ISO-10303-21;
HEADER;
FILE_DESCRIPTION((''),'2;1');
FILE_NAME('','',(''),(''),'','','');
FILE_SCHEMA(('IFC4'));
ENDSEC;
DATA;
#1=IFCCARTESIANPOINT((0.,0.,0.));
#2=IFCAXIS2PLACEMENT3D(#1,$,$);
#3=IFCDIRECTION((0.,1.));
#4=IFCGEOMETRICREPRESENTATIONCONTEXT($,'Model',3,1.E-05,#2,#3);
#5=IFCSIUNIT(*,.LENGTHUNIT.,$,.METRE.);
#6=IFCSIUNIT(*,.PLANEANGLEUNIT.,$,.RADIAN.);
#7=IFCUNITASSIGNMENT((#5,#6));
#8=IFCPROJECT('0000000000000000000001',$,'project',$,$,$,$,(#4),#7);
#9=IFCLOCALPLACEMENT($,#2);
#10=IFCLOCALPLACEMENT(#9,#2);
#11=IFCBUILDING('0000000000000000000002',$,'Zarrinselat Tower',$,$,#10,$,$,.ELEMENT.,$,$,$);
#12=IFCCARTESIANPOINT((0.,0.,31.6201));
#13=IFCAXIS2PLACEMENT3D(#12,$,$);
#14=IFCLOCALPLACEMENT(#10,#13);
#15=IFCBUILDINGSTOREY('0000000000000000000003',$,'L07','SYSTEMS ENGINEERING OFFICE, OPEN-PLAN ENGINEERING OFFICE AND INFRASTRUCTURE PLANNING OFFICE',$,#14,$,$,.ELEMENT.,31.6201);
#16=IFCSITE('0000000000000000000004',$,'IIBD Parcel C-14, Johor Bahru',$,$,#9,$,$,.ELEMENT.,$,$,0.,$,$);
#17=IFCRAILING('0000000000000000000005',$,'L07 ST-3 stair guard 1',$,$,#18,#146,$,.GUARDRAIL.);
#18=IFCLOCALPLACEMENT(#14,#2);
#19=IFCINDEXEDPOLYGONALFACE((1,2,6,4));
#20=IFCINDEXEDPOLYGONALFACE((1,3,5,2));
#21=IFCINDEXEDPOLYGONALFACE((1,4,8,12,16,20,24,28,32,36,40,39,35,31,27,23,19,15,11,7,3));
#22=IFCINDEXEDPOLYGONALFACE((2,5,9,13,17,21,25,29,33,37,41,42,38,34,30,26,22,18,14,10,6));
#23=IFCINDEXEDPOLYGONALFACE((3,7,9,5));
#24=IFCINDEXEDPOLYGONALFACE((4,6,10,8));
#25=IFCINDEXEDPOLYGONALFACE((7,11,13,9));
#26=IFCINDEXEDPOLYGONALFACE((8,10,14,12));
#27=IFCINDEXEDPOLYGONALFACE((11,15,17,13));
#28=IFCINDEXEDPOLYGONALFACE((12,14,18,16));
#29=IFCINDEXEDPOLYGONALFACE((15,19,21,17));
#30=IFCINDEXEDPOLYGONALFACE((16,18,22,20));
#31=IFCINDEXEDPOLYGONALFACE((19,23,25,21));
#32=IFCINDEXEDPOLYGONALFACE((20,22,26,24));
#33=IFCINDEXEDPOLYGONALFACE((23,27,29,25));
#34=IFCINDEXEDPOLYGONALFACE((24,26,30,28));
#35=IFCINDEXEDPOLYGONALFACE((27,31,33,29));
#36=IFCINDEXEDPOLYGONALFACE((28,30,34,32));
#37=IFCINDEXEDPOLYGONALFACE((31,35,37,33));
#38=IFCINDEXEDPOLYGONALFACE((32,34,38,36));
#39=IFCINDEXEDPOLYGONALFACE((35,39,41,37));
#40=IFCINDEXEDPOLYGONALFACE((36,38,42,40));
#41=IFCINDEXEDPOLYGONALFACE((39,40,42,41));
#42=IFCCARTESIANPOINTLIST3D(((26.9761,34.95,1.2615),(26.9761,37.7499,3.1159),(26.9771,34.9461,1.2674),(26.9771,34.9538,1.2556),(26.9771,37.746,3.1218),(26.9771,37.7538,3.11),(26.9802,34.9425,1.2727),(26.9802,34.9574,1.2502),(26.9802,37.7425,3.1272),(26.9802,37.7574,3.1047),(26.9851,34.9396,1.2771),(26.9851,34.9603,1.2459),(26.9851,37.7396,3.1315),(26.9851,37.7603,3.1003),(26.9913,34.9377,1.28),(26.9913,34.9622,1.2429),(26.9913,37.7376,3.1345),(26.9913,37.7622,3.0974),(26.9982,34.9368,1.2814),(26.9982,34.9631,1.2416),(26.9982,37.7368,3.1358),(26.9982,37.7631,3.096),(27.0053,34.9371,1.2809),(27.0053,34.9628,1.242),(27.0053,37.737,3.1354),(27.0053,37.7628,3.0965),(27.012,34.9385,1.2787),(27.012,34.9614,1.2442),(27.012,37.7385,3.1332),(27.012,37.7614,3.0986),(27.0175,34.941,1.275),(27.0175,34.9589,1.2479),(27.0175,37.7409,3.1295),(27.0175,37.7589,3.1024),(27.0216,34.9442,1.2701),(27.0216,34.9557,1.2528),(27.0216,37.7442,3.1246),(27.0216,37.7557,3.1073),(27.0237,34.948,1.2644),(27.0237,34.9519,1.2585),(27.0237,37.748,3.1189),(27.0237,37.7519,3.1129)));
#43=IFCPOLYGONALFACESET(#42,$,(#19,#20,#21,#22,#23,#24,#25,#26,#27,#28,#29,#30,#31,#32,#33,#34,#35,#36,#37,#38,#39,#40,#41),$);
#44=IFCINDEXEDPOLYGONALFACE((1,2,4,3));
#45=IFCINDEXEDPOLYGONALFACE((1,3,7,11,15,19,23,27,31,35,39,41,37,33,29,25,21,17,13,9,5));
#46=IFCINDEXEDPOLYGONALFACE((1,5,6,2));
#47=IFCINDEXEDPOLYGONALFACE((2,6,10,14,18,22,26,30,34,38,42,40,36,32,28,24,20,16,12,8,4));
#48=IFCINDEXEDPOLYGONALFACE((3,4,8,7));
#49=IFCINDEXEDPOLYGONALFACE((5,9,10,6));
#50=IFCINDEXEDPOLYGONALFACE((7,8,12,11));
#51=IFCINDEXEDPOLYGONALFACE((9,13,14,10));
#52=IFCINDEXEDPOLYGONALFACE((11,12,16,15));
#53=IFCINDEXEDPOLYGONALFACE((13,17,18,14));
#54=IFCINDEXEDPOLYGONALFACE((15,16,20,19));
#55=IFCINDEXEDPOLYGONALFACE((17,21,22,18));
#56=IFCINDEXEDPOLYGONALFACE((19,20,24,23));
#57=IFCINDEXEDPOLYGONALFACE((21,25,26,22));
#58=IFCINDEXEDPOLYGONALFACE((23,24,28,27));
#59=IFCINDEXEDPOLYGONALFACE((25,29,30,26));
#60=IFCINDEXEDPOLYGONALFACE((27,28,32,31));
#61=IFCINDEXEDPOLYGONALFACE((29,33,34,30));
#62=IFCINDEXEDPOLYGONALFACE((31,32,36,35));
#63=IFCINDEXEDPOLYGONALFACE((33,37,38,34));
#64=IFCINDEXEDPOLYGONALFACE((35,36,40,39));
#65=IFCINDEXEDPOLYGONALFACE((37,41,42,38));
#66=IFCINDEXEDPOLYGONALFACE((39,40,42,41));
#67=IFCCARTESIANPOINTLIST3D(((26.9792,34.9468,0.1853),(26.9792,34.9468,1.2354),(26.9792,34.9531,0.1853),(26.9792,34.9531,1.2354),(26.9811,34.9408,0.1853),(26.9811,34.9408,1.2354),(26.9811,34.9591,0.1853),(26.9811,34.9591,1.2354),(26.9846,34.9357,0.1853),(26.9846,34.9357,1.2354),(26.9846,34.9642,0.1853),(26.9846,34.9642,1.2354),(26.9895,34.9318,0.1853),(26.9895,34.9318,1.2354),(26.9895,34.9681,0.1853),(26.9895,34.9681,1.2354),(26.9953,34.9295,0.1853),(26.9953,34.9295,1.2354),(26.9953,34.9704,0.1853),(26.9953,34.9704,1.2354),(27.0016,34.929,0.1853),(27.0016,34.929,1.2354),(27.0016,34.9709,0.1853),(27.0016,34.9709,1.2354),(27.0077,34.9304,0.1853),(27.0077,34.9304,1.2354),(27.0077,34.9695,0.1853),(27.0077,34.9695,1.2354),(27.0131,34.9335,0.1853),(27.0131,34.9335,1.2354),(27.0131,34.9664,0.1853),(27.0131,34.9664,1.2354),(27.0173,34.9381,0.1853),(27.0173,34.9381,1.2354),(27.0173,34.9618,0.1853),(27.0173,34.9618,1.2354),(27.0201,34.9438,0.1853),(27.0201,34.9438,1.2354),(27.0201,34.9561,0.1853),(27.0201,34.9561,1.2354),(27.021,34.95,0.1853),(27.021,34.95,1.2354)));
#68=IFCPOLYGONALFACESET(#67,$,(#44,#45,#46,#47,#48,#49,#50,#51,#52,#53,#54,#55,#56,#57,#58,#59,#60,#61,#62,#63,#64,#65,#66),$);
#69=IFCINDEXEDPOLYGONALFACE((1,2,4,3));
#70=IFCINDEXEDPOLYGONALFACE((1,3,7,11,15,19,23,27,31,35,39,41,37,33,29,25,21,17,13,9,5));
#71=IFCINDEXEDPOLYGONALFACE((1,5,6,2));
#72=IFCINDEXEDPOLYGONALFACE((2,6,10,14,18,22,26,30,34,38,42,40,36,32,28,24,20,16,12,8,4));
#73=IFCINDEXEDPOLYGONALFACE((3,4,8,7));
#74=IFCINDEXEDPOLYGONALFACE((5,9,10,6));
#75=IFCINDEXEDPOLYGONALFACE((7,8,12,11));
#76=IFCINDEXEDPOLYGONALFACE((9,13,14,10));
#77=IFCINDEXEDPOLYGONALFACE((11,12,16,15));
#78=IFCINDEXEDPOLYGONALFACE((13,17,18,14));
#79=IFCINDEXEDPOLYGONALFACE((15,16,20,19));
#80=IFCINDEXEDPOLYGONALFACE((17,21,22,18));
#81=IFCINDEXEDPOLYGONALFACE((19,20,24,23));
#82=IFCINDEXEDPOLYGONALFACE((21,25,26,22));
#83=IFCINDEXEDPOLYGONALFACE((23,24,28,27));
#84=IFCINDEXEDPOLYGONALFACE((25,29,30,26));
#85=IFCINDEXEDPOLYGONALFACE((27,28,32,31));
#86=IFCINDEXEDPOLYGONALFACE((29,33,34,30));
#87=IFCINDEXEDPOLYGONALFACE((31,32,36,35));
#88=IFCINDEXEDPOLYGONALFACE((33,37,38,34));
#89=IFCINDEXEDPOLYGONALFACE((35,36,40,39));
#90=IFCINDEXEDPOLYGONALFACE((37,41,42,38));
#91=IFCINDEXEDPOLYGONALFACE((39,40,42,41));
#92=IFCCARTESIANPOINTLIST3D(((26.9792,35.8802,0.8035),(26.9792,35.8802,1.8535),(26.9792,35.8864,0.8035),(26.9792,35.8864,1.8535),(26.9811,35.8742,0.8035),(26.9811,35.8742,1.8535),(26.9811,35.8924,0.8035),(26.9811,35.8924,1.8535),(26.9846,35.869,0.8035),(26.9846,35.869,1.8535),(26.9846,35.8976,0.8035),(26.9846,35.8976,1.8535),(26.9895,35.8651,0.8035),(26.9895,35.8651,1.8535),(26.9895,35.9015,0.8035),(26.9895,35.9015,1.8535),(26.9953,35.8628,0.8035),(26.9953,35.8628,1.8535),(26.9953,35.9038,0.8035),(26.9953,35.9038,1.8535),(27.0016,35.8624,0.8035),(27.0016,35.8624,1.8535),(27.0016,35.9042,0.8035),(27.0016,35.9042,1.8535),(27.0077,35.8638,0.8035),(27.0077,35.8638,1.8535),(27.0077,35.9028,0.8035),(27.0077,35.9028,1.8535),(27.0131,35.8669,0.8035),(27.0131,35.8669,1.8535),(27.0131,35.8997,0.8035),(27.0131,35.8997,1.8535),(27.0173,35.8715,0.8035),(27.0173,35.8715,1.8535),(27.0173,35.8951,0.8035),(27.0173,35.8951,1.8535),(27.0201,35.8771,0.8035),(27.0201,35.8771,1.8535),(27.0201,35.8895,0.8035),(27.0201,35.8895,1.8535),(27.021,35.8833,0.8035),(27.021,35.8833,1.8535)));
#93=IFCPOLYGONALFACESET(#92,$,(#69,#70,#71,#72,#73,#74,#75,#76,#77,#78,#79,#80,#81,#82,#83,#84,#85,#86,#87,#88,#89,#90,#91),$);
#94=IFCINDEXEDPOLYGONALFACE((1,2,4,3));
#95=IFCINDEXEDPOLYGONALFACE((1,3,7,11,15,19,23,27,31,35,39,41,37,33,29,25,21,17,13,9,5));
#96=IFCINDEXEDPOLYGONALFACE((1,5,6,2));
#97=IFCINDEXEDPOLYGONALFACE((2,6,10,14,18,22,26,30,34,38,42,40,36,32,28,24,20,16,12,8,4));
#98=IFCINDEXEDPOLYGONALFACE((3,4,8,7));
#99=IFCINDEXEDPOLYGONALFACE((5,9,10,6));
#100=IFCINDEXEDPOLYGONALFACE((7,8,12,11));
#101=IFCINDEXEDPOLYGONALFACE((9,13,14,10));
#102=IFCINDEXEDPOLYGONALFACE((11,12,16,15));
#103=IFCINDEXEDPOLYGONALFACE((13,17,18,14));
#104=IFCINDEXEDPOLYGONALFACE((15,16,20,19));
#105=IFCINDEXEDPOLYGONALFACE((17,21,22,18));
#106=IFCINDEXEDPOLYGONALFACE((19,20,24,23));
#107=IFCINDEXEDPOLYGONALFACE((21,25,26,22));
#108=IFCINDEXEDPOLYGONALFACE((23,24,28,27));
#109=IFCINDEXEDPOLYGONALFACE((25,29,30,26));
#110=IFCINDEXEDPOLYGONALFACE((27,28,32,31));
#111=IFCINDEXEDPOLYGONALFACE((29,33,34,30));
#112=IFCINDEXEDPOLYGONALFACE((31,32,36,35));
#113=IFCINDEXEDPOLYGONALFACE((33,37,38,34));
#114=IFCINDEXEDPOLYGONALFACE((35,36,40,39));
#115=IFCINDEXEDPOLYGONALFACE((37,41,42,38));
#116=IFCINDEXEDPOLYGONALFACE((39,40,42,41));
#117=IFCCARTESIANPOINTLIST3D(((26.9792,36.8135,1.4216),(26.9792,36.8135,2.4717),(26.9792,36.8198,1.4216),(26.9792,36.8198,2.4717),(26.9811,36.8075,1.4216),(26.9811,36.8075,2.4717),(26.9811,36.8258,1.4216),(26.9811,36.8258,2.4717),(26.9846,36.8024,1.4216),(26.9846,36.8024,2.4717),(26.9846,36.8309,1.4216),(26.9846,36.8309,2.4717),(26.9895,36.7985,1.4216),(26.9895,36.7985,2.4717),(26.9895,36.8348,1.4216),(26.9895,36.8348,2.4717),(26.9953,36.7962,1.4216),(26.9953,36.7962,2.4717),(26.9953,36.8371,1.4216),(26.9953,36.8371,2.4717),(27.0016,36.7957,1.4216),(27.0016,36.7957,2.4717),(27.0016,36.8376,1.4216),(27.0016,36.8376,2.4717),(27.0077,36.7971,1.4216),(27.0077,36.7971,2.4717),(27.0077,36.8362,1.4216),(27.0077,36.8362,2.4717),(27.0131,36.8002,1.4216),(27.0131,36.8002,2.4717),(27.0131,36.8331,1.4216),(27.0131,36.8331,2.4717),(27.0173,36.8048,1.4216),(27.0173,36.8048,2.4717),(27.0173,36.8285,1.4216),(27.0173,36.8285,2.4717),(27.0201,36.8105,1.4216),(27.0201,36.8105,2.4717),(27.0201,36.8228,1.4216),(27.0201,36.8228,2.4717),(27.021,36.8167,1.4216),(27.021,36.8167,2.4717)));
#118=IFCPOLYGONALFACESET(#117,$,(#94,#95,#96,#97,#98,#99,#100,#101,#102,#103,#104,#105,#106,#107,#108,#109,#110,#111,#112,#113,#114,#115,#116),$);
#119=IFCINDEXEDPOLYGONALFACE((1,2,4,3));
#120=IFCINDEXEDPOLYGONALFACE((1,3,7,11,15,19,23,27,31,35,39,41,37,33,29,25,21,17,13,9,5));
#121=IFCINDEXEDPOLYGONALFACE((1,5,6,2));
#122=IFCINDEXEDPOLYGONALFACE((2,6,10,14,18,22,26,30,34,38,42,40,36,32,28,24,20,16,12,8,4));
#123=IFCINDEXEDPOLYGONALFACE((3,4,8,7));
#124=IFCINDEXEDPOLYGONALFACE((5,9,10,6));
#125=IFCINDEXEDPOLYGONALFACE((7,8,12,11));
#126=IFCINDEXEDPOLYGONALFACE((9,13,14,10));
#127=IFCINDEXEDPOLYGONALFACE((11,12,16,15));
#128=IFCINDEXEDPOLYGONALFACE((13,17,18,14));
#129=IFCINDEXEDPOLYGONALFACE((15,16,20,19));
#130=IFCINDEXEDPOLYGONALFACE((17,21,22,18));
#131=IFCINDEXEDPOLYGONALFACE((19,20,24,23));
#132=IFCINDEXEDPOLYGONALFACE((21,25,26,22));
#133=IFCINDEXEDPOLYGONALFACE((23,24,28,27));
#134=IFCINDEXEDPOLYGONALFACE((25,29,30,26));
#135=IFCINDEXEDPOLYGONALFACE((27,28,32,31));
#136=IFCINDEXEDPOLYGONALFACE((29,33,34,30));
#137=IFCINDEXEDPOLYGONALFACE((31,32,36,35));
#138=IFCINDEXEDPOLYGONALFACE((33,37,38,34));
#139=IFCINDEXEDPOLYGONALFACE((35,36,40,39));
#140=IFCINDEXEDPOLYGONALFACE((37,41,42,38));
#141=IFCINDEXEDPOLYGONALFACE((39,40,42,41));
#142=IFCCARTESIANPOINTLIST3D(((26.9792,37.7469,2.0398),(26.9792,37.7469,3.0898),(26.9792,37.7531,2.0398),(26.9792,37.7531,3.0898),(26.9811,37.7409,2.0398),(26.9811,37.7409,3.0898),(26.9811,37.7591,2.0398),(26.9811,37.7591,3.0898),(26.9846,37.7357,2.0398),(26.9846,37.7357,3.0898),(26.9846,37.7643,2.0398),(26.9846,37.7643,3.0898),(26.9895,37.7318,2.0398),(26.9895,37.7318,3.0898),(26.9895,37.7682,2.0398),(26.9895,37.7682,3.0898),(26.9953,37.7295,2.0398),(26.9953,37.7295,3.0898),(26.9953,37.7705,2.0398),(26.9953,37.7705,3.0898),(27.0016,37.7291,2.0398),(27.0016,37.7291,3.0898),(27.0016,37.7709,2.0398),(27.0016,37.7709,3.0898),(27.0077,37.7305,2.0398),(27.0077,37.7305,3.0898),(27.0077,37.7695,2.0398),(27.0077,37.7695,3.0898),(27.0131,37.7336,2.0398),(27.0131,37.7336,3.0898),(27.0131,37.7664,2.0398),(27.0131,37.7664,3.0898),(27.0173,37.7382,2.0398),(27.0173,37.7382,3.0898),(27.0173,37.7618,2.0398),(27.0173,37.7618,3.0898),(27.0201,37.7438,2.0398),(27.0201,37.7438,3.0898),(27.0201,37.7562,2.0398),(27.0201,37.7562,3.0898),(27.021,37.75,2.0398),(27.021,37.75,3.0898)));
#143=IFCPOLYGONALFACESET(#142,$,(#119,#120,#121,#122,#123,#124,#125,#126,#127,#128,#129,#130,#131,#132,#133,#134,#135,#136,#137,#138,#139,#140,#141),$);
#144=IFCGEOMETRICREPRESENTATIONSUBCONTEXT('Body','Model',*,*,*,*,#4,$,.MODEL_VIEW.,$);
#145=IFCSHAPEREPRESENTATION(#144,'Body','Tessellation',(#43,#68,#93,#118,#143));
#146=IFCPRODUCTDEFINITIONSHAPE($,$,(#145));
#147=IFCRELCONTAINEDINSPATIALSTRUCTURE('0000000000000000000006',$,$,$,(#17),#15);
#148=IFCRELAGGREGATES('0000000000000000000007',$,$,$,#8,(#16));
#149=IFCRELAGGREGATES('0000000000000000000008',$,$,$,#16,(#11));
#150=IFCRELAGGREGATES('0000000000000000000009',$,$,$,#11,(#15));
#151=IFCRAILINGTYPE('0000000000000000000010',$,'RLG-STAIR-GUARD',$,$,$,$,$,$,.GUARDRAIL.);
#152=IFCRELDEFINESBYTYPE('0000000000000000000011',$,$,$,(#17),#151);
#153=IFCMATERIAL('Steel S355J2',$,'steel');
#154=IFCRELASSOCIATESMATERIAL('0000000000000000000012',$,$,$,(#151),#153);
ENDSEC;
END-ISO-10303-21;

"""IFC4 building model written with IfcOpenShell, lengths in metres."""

from ifc_helpers import new_model, si_unit, direction, frame, origin, origin_2d, place, context, subcontext, project, spatial, circle, extrude, material, type_object, element, save


model = new_model("IFC4")

# Units and contexts
model_context = context("Model", 3, precision=1e-05, world=origin(), true_north=direction((0.0, 1.0)))
body_context = subcontext(model_context, "Body", "Model", "MODEL_VIEW")
ifc_project = project(units=[si_unit("LENGTHUNIT", "METRE"), si_unit("PLANEANGLEUNIT", "RADIAN")], contexts=[model_context])

# Site, building, storey
site_placement = place(None, origin())
site = spatial("IfcSite", under=ifc_project, at=site_placement, Name="IIBD Parcel C-14, Johor Bahru", CompositionType="ELEMENT", RefElevation=0.0)
building_placement = place(site_placement, origin())
building = spatial("IfcBuilding", under=site, at=building_placement, Name="Zarrinselat Tower", CompositionType="ELEMENT")
storey_placement = place(building_placement, frame((0.0, 0.0, 31.6201)))
storey = spatial("IfcBuildingStorey", under=building, at=storey_placement, Name="L07", Description="SYSTEMS ENGINEERING OFFICE, OPEN-PLAN ENGINEERING OFFICE AND INFRASTRUCTURE PLANNING OFFICE", CompositionType="ELEMENT", Elevation=31.6201)

# Railing
ifc_material_1 = material(Name="Steel S355J2", Category="steel")
railing_type_1 = type_object("IfcRailingType", Name="RLG-STAIR-GUARD", PredefinedType="GUARDRAIL", material=ifc_material_1)
railing_1_placement = place(storey_placement, frame((27.0, 34.95, 0.1853)))
element("IfcRailing", 1, at=railing_1_placement, inside=storey, type_object=railing_type_1, Name="L07 ST-3 stair guard 1", PredefinedType="GUARDRAIL", context=body_context, shape_type="SweptSolid", body=[
    extrude(circle(Radius=0.0239, at=origin_2d()), frame((0.0, 0.0, 1.0762), z_axis=(0.0, 0.833724, 0.552181), x_axis=(-1.0, 0.0, 0.0)), (0.0, 0.0, 1.0), 3.3584),
    extrude(circle(Radius=0.021, at=origin_2d()), origin(), (0.0, 0.0, 1.0), 1.05),
    extrude(circle(Radius=0.021, at=origin_2d()), frame((0.0, 0.9333, 0.6182)), (0.0, 0.0, 1.0), 1.05),
    extrude(circle(Radius=0.021, at=origin_2d()), frame((0.0, 1.8667, 1.2363)), (0.0, 0.0, 1.0), 1.05),
    extrude(circle(Radius=0.021, at=origin_2d()), frame((0.0, 2.8, 1.8545)), (0.0, 0.0, 1.0), 1.05),
])

save(model, "model.ifc")
